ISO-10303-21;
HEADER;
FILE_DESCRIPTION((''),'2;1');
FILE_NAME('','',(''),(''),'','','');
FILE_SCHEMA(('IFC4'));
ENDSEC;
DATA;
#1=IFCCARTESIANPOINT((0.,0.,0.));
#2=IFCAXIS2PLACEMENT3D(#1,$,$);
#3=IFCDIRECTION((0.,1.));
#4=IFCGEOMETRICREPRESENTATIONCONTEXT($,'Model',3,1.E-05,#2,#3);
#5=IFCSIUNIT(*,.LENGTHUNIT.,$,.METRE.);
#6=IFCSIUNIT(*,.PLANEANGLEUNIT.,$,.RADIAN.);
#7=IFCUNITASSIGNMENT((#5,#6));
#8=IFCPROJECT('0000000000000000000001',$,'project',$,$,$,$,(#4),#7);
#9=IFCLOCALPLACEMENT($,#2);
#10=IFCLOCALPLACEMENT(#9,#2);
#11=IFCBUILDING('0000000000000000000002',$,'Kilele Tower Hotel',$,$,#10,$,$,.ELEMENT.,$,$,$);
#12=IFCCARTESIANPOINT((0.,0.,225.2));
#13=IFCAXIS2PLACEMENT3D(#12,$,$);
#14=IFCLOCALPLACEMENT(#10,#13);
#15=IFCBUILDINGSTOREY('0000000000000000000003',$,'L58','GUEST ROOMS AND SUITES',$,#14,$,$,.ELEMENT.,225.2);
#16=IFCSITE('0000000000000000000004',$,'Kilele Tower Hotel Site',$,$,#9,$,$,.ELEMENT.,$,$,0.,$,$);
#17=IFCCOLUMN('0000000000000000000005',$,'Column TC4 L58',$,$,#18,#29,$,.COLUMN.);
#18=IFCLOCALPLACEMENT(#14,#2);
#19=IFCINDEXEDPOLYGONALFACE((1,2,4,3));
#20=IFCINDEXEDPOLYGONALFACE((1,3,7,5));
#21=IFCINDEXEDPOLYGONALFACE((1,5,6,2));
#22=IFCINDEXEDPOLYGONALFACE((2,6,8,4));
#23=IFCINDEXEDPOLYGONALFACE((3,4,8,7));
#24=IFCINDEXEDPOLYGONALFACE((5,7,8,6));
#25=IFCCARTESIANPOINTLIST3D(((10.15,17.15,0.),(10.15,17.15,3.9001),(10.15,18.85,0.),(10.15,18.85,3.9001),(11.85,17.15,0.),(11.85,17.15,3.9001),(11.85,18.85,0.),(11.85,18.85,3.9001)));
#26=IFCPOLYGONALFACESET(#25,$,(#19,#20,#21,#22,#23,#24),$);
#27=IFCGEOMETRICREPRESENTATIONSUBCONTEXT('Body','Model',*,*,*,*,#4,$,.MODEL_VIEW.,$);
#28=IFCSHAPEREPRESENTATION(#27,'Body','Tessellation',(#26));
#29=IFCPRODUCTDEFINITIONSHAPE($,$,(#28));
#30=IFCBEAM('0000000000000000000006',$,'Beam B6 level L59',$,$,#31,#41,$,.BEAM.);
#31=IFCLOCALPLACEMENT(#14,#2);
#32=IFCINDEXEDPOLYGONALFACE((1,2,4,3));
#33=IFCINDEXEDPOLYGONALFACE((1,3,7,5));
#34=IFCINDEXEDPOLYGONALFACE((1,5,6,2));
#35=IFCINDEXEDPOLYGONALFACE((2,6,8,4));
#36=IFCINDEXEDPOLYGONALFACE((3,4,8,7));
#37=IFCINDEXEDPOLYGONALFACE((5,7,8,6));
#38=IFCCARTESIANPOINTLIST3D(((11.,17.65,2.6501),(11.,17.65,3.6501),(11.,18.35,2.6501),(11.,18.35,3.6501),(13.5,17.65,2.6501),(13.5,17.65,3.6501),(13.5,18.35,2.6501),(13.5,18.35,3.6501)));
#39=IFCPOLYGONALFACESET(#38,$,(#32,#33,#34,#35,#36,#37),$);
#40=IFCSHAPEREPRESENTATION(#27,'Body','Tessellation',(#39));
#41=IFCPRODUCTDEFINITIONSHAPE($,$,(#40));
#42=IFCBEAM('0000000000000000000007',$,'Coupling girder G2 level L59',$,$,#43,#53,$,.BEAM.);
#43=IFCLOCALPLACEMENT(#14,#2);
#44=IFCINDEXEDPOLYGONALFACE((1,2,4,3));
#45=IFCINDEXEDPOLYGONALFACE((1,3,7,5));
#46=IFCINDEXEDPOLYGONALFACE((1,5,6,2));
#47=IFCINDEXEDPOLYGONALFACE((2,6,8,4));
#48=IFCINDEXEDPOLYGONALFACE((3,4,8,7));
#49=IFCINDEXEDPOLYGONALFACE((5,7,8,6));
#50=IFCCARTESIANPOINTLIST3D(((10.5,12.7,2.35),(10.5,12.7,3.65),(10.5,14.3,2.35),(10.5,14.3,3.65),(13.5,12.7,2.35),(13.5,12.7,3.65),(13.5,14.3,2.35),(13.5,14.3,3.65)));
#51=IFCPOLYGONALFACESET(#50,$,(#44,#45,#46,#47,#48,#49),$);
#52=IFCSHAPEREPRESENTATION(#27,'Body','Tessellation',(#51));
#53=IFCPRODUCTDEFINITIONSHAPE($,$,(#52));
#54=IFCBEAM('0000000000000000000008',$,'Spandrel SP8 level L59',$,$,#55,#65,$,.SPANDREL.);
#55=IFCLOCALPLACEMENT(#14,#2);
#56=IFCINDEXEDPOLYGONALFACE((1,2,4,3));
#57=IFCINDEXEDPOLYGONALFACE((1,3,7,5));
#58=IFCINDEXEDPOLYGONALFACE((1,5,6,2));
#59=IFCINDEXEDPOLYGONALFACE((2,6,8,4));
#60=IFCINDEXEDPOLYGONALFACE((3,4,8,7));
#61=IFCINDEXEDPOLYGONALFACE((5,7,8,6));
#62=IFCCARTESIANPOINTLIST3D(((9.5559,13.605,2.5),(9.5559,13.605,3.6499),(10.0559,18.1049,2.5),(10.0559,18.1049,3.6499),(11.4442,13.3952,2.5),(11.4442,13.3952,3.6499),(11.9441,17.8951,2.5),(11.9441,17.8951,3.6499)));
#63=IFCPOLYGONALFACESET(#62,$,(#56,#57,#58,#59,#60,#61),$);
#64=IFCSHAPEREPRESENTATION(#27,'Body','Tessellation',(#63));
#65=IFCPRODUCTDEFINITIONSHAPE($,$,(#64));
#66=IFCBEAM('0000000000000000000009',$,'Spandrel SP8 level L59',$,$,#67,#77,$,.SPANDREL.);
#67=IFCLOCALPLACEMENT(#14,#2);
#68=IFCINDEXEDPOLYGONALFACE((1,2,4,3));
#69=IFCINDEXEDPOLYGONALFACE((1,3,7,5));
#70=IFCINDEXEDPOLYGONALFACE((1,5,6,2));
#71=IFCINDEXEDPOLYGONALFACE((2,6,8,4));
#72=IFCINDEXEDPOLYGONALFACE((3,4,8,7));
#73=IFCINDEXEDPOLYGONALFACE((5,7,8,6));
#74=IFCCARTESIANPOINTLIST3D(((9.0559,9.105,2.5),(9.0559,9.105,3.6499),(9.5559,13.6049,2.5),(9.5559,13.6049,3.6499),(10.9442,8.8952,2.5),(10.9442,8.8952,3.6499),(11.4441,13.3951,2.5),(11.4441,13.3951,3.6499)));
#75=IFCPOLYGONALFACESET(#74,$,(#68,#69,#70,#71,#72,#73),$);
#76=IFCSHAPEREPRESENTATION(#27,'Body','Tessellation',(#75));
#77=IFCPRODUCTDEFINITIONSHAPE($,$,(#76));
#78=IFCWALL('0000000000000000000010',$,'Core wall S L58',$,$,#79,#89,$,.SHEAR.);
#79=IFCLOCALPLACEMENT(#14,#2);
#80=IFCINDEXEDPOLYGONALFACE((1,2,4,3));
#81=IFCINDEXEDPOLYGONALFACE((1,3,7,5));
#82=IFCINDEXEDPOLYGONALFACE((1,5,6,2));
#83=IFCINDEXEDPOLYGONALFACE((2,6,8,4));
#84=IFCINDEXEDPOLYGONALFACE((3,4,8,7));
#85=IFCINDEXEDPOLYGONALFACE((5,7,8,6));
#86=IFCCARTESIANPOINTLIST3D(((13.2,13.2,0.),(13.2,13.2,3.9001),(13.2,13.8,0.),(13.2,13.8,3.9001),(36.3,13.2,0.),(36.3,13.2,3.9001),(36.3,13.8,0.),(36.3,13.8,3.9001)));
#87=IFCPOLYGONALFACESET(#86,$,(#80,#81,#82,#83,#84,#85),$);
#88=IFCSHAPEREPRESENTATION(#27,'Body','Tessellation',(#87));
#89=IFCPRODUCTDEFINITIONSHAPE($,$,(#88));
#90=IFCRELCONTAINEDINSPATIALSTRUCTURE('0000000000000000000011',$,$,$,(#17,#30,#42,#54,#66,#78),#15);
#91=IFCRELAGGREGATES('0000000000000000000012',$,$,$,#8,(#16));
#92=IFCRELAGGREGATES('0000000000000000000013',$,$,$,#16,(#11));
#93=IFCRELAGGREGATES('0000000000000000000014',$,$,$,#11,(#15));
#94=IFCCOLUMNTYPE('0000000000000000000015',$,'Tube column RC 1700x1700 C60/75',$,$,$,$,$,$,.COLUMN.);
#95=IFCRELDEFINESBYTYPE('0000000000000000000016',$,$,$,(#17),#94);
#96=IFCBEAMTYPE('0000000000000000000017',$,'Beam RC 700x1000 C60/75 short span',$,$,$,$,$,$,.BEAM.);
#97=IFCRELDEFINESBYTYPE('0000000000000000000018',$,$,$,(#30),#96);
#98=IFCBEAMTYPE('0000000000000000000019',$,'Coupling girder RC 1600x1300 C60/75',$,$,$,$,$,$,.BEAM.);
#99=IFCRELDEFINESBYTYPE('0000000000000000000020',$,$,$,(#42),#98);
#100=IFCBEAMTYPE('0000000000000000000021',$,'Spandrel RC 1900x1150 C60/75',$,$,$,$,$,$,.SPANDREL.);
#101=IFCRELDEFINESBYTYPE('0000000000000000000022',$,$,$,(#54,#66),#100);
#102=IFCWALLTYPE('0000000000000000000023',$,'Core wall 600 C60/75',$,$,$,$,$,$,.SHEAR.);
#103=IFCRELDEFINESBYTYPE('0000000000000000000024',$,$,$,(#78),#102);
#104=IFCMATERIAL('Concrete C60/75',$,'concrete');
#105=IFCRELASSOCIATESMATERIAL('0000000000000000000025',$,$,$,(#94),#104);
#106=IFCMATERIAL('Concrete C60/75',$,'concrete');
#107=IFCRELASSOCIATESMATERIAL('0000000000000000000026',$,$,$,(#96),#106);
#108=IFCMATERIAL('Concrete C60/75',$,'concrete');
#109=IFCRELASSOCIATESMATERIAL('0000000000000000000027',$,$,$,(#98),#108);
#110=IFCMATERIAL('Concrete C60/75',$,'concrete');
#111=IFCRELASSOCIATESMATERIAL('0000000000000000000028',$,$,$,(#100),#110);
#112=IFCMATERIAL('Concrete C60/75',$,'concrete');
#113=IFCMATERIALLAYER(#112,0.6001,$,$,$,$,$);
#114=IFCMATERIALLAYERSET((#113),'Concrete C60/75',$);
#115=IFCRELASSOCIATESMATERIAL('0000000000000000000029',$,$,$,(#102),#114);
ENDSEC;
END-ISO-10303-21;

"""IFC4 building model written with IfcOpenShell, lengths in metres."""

from ifc_helpers import new_model, si_unit, direction, frame, frame_2d, origin, origin_2d, place, context, subcontext, project, spatial, rectangle, extrude, material, layer, layer_set, material_profile, profile_set, type_object, element, save


model = new_model("IFC4")

# Units and contexts
model_context = context("Model", 3, precision=1e-05, world=origin(), true_north=direction((0.0, 1.0)))
body_context = subcontext(model_context, "Body", "Model", "MODEL_VIEW")
ifc_project = project(units=[si_unit("LENGTHUNIT", "METRE"), si_unit("PLANEANGLEUNIT", "RADIAN")], contexts=[model_context])

# Site, building, storey
site_placement = place(None, origin())
site = spatial("IfcSite", under=ifc_project, at=site_placement, Name="Kilele Tower Hotel Site", CompositionType="ELEMENT", RefElevation=0.0)
building_placement = place(site_placement, origin())
building = spatial("IfcBuilding", under=site, at=building_placement, Name="Kilele Tower Hotel", CompositionType="ELEMENT")
storey_placement = place(building_placement, frame((0.0, 0.0, 225.2)))
storey = spatial("IfcBuildingStorey", under=building, at=storey_placement, Name="L58", Description="GUEST ROOMS AND SUITES", CompositionType="ELEMENT", Elevation=225.2)

# Column
ifc_material_1 = material(Name="Concrete C60/75", Category="concrete")
ifc_material_profile_1 = material_profile(ifc_material_1, rectangle(XDim=1.7, YDim=1.7, at=origin_2d()))
ifc_profile_set_1 = profile_set([ifc_material_profile_1], Name="Concrete C60/75")
column_type = type_object("IfcColumnType", Name="Tube column RC 1700x1700 C60/75", PredefinedType="COLUMN", material=ifc_profile_set_1)
column_placement = place(storey_placement, frame((11.0, 18.0, 0.0), z_axis=(0.0, 0.0, 1.0), x_axis=(1.0, 0.0, 0.0)))
element("IfcColumn", 1, at=column_placement, inside=storey, type_object=column_type, Name="Column TC4 L58", PredefinedType="COLUMN", context=body_context, shape_type="SweptSolid", body=[
    extrude(rectangle(XDim=1.7, YDim=1.7, at=origin_2d()), origin(), (0.0, 0.0, 1.0), 3.9001),
])

# Beams
ifc_material_2 = material(Name="Concrete C60/75", Category="concrete")
ifc_material_profile_2 = material_profile(ifc_material_2, rectangle(XDim=0.7, YDim=1.0, at=origin_2d()))
ifc_profile_set_2 = profile_set([ifc_material_profile_2], Name="Concrete C60/75")
beam_type_1 = type_object("IfcBeamType", Name="Beam RC 700x1000 C60/75 short span", PredefinedType="BEAM", material=ifc_profile_set_2)
beam_1_placement = place(storey_placement, frame((11.0, 18.0, 3.1501), z_axis=(1.0, 0.0, 0.0), x_axis=(0.0, 1.0, 0.0)))
element("IfcBeam", 2, at=beam_1_placement, inside=storey, type_object=beam_type_1, Name="Beam B6 level L59", PredefinedType="BEAM", context=body_context, shape_type="SweptSolid", body=[
    extrude(rectangle(XDim=0.7, YDim=1.0, at=origin_2d()), origin(), (0.0, 0.0, 1.0), 2.5),
])
ifc_material_3 = material(Name="Concrete C60/75", Category="concrete")
ifc_material_profile_3 = material_profile(ifc_material_3, rectangle(XDim=1.6001, YDim=1.3, at=origin_2d()))
ifc_profile_set_3 = profile_set([ifc_material_profile_3], Name="Concrete C60/75")
beam_type_2 = type_object("IfcBeamType", Name="Coupling girder RC 1600x1300 C60/75", PredefinedType="BEAM", material=ifc_profile_set_3)
beam_2_placement = place(storey_placement, frame((10.5, 13.5, 3.0), z_axis=(1.0, 0.0, 0.0), x_axis=(0.0, 1.0, 0.0)))
element("IfcBeam", 3, at=beam_2_placement, inside=storey, type_object=beam_type_2, Name="Coupling girder G2 level L59", PredefinedType="BEAM", context=body_context, shape_type="SweptSolid", body=[
    extrude(rectangle(XDim=1.6001, YDim=1.3, at=origin_2d()), origin(), (0.0, 0.0, 1.0), 3.0),
])
ifc_material_4 = material(Name="Concrete C60/75", Category="concrete")
ifc_material_profile_4 = material_profile(ifc_material_4, rectangle(XDim=1.8999, YDim=1.1499, at=origin_2d()))
ifc_profile_set_4 = profile_set([ifc_material_profile_4], Name="Concrete C60/75")
beam_type_3 = type_object("IfcBeamType", Name="Spandrel RC 1900x1150 C60/75", PredefinedType="SPANDREL", material=ifc_profile_set_4)
for number, where, z_axis, x_axis, name in (
    (4, (11.0, 18.0, 3.075), (-0.110432, -0.993884, 0.0), (0.993884, -0.110432, 0.0), "Spandrel SP8 level L59"),
    (5, (10.5, 13.5, 3.075), (-0.110432, -0.993884, 0.0), (0.993884, -0.110432, 0.0), "Spandrel SP8 level L59"),
):
    element("IfcBeam", number, at=place(storey_placement, frame(where, z_axis=z_axis, x_axis=x_axis)), inside=storey, type_object=beam_type_3, Name=name, PredefinedType="SPANDREL", context=body_context, shape_type="SweptSolid", body=[
        extrude(rectangle(XDim=1.8999, YDim=1.1499, at=origin_2d()), origin(), (0.0, 0.0, 1.0), 4.5276),
    ])

# Wall
ifc_material_5 = material(Name="Concrete C60/75", Category="concrete")
ifc_layer = layer(ifc_material_5, 0.6001)
ifc_layer_set = layer_set([ifc_layer], Name="Concrete C60/75")
wall_type = type_object("IfcWallType", Name="Core wall 600 C60/75", PredefinedType="SHEAR", material=ifc_layer_set)
wall_placement = place(storey_placement, frame((13.2, 13.5, 0.0), z_axis=(0.0, 0.0, 1.0), x_axis=(1.0, 0.0, 0.0)))
element("IfcWall", 6, at=wall_placement, inside=storey, type_object=wall_type, Name="Core wall S L58", PredefinedType="SHEAR", context=body_context, shape_type="SweptSolid", body=[
    extrude(rectangle(XDim=23.1001, YDim=0.6001, at=frame_2d((11.55, 0.0))), origin(), (0.0, 0.0, 1.0), 3.9001),
])

save(model, "model.ifc")
